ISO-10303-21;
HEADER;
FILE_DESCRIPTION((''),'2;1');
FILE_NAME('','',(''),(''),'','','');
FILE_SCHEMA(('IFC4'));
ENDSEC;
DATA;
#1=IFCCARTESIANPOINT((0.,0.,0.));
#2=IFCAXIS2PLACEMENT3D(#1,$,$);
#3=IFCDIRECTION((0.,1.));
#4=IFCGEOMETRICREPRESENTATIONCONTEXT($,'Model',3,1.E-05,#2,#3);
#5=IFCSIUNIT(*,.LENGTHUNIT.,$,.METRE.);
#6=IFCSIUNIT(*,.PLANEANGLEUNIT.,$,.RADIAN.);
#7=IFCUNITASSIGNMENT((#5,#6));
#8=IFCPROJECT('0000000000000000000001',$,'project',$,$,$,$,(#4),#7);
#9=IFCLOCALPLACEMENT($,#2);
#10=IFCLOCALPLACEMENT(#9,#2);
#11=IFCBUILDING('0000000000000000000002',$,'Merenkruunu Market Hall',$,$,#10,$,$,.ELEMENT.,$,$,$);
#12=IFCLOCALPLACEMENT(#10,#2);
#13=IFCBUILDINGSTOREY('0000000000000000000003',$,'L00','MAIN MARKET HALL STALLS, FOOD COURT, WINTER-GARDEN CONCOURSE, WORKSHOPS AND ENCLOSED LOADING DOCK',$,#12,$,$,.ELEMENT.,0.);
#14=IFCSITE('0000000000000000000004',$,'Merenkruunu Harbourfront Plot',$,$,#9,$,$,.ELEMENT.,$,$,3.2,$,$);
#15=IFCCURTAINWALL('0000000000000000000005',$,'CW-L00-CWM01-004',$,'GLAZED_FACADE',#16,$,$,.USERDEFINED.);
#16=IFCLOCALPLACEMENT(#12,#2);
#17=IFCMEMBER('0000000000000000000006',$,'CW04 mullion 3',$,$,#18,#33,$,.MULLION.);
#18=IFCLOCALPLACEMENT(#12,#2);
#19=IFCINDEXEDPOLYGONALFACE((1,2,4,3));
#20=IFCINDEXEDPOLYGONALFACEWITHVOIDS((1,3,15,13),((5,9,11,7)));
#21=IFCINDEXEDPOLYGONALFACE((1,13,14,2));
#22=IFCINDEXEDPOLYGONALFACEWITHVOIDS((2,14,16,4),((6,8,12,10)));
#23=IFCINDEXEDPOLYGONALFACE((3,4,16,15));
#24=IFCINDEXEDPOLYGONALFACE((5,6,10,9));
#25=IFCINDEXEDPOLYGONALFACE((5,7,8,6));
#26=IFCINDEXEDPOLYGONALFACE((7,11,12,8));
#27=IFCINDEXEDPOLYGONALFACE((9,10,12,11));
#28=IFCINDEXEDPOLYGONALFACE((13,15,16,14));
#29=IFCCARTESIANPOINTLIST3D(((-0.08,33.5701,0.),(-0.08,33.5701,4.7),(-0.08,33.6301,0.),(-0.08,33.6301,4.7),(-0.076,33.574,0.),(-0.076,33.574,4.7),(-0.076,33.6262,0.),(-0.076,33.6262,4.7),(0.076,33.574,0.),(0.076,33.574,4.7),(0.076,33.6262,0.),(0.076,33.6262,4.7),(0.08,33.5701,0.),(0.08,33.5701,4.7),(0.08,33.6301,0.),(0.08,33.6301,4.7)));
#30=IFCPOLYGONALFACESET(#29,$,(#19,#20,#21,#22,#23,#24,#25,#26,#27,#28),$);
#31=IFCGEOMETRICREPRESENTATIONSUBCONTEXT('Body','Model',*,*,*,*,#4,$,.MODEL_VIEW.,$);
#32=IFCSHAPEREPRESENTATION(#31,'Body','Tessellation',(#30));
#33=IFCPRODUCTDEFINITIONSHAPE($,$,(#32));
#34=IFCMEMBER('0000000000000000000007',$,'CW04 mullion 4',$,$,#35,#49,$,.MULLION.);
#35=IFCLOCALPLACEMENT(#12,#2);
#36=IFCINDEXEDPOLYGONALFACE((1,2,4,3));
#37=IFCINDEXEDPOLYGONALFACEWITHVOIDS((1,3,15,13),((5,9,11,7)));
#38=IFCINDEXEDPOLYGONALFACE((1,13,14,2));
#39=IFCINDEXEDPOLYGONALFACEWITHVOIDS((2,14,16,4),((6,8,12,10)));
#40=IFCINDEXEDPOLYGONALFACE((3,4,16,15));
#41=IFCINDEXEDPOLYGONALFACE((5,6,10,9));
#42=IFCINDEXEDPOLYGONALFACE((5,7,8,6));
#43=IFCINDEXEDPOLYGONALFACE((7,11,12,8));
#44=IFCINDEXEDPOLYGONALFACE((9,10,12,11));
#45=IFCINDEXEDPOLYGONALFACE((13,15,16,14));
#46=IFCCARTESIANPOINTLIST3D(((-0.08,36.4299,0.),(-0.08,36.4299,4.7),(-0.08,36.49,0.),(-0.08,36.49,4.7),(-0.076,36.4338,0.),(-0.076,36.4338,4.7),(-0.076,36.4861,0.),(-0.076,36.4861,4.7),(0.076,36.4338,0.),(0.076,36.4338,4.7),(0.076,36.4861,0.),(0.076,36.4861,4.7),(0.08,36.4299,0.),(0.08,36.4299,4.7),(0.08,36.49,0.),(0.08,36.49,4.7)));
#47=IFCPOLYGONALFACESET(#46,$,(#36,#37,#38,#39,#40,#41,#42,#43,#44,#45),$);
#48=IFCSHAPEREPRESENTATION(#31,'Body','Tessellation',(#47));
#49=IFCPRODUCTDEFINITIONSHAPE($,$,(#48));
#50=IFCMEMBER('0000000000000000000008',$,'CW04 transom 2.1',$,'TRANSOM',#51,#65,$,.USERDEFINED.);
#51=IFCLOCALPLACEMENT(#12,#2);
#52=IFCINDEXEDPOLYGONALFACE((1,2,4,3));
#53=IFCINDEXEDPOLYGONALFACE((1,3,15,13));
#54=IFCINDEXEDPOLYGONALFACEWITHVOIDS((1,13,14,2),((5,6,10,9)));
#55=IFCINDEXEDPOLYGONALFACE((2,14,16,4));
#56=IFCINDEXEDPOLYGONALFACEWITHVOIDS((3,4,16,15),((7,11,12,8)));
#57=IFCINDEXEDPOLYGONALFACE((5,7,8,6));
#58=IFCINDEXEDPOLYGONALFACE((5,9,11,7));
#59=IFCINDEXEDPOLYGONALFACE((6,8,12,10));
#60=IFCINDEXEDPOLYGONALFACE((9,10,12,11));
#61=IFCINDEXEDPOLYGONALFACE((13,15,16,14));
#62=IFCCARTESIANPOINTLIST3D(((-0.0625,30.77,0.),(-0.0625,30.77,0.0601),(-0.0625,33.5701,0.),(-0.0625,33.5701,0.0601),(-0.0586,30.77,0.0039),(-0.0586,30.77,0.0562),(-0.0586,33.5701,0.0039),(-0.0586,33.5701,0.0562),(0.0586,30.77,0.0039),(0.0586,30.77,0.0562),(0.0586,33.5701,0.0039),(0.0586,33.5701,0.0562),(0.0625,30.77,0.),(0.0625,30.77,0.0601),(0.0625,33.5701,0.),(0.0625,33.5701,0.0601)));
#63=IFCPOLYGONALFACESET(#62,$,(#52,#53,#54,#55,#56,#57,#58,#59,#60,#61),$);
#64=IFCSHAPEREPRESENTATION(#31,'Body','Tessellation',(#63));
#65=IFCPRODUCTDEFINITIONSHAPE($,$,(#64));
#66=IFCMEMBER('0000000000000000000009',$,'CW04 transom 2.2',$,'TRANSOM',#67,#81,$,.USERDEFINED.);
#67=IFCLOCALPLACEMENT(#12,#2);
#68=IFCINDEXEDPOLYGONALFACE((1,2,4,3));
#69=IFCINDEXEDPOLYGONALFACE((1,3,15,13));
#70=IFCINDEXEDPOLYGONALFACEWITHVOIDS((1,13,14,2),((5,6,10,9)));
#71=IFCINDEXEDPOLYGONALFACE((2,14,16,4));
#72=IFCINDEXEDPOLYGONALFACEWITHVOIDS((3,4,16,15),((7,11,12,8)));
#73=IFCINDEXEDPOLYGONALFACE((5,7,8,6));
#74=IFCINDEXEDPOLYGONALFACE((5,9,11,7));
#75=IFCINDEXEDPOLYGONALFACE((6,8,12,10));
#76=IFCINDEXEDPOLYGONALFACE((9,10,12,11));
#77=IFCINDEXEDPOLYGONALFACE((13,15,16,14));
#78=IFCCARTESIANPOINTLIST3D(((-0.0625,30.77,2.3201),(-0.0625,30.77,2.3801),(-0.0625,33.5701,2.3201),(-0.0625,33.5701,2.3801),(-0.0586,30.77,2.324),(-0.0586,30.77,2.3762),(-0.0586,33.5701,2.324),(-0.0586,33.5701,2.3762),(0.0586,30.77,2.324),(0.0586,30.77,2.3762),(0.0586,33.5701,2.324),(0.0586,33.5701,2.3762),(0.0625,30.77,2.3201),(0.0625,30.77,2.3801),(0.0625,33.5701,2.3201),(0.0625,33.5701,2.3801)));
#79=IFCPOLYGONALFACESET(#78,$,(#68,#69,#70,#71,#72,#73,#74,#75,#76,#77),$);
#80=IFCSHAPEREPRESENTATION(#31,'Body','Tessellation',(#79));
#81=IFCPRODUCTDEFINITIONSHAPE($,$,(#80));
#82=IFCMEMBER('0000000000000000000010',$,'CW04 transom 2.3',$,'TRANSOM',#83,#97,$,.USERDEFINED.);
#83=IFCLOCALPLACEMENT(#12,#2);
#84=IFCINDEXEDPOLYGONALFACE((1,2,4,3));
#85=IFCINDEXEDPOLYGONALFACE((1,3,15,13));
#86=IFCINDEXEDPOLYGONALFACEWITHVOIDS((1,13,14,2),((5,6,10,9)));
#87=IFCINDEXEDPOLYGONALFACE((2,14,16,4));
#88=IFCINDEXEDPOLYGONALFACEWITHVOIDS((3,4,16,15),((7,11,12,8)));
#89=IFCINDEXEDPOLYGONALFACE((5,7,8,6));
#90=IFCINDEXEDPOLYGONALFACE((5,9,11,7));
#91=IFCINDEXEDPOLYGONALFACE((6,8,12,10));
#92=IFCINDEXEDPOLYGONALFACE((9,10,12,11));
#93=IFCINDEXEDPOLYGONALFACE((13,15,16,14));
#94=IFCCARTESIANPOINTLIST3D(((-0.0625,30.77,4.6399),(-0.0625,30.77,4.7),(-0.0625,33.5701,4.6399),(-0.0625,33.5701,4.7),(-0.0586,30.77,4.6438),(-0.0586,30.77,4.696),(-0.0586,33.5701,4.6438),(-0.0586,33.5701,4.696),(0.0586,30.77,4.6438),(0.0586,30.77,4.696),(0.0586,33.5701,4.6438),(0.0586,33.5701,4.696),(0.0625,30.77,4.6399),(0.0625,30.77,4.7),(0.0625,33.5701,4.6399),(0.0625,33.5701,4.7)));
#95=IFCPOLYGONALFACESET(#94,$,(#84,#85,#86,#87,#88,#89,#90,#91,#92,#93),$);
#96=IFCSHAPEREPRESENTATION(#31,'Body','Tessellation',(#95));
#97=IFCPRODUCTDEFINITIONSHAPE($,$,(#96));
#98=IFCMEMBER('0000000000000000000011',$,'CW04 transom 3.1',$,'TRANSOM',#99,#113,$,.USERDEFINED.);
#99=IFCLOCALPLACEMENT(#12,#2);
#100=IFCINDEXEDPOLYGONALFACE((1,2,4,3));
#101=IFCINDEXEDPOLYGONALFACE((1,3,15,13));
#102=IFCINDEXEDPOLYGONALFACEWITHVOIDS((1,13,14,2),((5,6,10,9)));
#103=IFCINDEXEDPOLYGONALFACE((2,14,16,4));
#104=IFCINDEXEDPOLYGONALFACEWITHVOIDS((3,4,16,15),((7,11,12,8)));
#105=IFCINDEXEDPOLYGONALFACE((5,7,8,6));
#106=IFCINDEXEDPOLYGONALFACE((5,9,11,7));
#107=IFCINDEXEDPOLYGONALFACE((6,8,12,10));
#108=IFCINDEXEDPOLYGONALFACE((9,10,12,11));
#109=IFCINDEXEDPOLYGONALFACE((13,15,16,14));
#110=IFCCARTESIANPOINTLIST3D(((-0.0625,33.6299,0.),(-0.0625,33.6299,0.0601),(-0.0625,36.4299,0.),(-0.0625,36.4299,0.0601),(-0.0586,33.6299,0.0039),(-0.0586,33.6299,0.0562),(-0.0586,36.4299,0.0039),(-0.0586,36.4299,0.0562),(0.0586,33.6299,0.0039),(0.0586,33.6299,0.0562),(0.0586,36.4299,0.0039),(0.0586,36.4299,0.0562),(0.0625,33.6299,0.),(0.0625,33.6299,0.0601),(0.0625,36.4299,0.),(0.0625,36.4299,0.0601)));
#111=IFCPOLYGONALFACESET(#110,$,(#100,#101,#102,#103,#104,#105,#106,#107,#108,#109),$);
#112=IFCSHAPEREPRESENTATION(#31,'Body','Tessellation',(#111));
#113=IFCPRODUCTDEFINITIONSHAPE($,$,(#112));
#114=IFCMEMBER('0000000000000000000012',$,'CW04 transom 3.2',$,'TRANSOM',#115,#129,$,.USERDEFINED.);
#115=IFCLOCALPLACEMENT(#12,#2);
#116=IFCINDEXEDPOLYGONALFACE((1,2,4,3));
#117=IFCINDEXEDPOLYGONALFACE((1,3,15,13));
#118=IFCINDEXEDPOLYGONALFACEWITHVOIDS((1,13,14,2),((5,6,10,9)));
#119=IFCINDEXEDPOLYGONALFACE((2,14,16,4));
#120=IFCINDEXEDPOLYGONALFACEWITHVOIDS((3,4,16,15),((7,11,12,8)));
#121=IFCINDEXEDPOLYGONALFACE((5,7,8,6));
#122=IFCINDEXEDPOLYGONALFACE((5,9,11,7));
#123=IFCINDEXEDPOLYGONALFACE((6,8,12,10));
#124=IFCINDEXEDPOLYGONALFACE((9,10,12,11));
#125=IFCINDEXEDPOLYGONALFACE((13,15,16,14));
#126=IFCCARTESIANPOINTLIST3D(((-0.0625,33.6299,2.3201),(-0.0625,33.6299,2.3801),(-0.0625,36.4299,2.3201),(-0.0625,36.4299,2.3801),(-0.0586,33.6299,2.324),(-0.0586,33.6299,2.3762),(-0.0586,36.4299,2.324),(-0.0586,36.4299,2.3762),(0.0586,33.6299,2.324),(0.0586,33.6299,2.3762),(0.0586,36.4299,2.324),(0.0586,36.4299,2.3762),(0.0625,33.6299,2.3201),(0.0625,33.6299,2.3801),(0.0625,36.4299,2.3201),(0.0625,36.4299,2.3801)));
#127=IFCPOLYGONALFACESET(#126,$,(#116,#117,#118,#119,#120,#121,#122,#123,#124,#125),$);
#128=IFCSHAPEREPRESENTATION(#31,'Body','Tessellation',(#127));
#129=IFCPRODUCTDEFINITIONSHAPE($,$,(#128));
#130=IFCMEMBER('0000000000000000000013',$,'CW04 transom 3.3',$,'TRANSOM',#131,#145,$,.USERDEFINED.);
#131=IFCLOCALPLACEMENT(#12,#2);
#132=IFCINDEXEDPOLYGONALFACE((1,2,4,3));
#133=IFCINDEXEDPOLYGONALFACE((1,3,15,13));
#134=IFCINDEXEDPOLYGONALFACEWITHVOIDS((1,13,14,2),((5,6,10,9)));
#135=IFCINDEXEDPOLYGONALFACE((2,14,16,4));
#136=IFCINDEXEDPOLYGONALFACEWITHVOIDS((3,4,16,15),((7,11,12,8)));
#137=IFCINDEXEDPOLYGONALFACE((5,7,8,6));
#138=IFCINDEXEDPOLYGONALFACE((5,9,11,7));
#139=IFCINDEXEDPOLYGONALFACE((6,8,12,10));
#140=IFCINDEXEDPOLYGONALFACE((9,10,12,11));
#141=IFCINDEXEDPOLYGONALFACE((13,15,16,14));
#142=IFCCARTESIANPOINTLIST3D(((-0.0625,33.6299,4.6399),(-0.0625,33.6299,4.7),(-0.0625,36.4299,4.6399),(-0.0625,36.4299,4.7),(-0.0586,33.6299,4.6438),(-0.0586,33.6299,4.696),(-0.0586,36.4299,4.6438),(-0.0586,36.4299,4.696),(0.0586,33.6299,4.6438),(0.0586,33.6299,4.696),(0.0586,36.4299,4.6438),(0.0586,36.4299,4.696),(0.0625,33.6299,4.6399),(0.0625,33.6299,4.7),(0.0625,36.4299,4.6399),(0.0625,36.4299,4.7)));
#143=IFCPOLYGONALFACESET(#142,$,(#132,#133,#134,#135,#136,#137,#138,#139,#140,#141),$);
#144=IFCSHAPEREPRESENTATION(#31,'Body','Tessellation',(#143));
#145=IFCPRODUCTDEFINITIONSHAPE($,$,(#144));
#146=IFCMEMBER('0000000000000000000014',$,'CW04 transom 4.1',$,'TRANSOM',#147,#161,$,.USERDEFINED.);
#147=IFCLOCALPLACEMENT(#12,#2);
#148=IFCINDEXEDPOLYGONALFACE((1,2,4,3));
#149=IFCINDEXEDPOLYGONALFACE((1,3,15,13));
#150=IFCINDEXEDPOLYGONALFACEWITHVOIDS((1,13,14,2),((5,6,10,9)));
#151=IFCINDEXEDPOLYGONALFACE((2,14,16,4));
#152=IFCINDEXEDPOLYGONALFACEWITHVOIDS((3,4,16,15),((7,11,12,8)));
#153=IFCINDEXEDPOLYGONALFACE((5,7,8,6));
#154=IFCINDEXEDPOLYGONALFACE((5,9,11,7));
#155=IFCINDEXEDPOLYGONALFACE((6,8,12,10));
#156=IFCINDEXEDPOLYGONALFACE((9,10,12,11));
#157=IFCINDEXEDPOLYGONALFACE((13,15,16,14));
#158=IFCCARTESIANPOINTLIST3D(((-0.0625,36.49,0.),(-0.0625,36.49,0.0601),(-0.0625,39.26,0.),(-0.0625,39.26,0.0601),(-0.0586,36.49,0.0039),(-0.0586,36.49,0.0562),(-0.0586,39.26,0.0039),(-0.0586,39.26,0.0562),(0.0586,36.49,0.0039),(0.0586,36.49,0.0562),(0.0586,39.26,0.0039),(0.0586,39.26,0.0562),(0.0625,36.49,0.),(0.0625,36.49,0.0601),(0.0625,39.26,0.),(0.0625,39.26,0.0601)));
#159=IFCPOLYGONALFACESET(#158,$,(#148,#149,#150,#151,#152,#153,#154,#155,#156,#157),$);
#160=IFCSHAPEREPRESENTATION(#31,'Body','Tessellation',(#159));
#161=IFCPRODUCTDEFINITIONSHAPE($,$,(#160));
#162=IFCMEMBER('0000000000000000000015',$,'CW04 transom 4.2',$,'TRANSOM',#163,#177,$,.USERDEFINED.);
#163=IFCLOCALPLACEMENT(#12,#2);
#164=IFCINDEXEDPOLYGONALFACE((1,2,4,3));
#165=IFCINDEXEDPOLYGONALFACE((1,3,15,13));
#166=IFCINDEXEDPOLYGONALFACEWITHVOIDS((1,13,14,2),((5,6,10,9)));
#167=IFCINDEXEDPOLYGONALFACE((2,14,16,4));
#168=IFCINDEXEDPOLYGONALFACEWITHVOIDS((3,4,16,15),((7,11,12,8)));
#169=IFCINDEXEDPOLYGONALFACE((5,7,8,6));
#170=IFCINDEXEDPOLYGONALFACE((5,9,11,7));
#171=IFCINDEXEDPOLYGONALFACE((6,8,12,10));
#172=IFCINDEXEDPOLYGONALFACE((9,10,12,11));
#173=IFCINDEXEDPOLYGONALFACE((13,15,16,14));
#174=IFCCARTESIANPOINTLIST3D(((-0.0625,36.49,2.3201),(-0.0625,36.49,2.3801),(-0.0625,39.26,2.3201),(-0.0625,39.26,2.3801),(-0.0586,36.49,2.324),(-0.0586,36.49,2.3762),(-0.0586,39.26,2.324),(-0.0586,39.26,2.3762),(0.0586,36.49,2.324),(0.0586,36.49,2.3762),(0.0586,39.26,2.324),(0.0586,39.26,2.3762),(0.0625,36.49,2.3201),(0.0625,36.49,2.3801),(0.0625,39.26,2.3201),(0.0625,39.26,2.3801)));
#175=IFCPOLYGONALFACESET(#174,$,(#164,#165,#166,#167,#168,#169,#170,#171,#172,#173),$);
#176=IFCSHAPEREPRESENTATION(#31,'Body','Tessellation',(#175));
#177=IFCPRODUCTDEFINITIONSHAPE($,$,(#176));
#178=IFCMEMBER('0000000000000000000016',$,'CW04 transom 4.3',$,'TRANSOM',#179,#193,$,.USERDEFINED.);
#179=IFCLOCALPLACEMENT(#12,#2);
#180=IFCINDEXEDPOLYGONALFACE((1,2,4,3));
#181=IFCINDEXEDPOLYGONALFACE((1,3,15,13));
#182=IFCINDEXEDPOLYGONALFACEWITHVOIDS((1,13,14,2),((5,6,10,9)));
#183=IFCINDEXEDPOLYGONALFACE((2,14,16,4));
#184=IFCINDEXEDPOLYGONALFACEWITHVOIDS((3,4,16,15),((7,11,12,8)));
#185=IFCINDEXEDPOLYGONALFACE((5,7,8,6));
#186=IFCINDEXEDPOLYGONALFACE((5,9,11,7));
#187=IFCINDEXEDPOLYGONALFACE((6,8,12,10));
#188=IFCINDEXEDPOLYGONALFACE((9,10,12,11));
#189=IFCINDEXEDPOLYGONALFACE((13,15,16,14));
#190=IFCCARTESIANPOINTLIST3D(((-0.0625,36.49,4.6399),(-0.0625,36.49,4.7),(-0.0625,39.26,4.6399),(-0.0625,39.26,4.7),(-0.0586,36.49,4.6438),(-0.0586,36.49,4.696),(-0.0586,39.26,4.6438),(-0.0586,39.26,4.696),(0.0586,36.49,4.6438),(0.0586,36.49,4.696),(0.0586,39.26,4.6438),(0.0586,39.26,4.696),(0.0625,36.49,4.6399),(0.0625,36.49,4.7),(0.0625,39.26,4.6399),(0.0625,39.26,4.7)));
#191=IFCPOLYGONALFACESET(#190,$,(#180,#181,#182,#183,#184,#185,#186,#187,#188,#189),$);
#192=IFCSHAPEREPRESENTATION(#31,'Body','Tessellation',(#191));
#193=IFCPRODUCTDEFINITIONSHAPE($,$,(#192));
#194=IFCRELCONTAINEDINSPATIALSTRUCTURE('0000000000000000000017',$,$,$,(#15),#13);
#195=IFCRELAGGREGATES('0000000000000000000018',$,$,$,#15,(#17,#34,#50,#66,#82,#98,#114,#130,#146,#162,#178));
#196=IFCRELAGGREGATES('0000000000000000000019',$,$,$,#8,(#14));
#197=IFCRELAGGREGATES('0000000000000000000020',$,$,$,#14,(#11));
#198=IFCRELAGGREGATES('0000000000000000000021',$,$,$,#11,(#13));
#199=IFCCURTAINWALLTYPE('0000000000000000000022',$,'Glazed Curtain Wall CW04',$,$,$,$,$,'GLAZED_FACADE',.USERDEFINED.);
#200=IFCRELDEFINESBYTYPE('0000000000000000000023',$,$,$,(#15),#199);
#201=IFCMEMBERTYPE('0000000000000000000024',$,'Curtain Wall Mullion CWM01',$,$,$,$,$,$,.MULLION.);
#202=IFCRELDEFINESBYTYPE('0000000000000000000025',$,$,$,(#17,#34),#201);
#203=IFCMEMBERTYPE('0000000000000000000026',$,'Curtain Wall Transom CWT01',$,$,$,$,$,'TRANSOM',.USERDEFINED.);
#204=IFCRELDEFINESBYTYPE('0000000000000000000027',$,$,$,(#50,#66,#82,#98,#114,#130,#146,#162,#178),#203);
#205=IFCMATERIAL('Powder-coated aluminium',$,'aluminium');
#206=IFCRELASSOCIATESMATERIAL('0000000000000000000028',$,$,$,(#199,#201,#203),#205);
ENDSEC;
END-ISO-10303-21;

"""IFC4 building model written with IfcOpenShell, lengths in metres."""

from ifc_helpers import new_model, si_unit, direction, frame, origin, origin_2d, place, context, subcontext, project, spatial, hollow_rectangle, extrude, material, material_profile, profile_set, type_object, element, aggregate, save


model = new_model("IFC4")

# Units and contexts
model_context = context("Model", 3, precision=1e-05, world=origin(), true_north=direction((0.0, 1.0)))
body_context = subcontext(model_context, "Body", "Model", "MODEL_VIEW")
ifc_project = project(units=[si_unit("LENGTHUNIT", "METRE"), si_unit("PLANEANGLEUNIT", "RADIAN")], contexts=[model_context])

# Site, building, storey
site_placement = place(None, origin())
site = spatial("IfcSite", under=ifc_project, at=site_placement, Name="Merenkruunu Harbourfront Plot", CompositionType="ELEMENT", RefElevation=3.2)
building_placement = place(site_placement, origin())
building = spatial("IfcBuilding", under=site, at=building_placement, Name="Merenkruunu Market Hall", CompositionType="ELEMENT")
storey_placement = place(building_placement, origin())
storey = spatial("IfcBuildingStorey", under=building, at=storey_placement, Name="L00", Description="MAIN MARKET HALL STALLS, FOOD COURT, WINTER-GARDEN CONCOURSE, WORKSHOPS AND ENCLOSED LOADING DOCK", CompositionType="ELEMENT", Elevation=0.0)

# Curtain wall, members
ifc_material_1 = material(Name="Powder-coated aluminium", Category="aluminium")
curtain_wall_type = type_object("IfcCurtainWallType", Name="Glazed Curtain Wall CW04", ElementType="GLAZED_FACADE", PredefinedType="USERDEFINED", material=ifc_material_1)
curtain_wall_placement = place(storey_placement, origin())
curtain_wall = element("IfcCurtainWall", 1, at=curtain_wall_placement, inside=storey, type_object=curtain_wall_type, Name="CW-L00-CWM01-004", ObjectType="GLAZED_FACADE", PredefinedType="USERDEFINED")
ifc_material_profile_1 = material_profile(ifc_material_1, hollow_rectangle(XDim=0.0601, YDim=0.1599, WallThickness=0.0039, at=origin_2d()), Name="ALU 60x160x4")
ifc_profile_set_1 = profile_set([ifc_material_profile_1], Name="Powder-coated aluminium")
member_type_1 = type_object("IfcMemberType", Name="Curtain Wall Mullion CWM01", PredefinedType="MULLION", material=ifc_profile_set_1)
member_1_placement = place(storey_placement, frame((0.0, 33.6001, 0.0), z_axis=(0.0, 0.0, 1.0), x_axis=(0.0, 1.0, 0.0)))
member_1 = element("IfcMember", 2, at=member_1_placement, type_object=member_type_1, Name="CW04 mullion 3", PredefinedType="MULLION", context=body_context, shape_type="SweptSolid", body=[
    extrude(hollow_rectangle(XDim=0.0601, YDim=0.1599, WallThickness=0.0039, at=origin_2d()), origin(), (0.0, 0.0, 1.0), 4.7),
])
member_2_placement = place(storey_placement, frame((0.0, 36.46, 0.0), z_axis=(0.0, 0.0, 1.0), x_axis=(0.0, 1.0, 0.0)))
member_2 = element("IfcMember", 3, at=member_2_placement, type_object=member_type_1, Name="CW04 mullion 4", PredefinedType="MULLION", context=body_context, shape_type="SweptSolid", body=[
    extrude(hollow_rectangle(XDim=0.0601, YDim=0.1599, WallThickness=0.0039, at=origin_2d()), origin(), (0.0, 0.0, 1.0), 4.7),
])
ifc_material_profile_2 = material_profile(ifc_material_1, hollow_rectangle(XDim=0.0601, YDim=0.125, WallThickness=0.0039, at=origin_2d()), Name="ALU 60x125x4")
ifc_profile_set_2 = profile_set([ifc_material_profile_2], Name="Powder-coated aluminium")
member_type_2 = type_object("IfcMemberType", Name="Curtain Wall Transom CWT01", ElementType="TRANSOM", PredefinedType="USERDEFINED", material=ifc_profile_set_2)
member_3_placement = place(storey_placement, frame((0.0, 30.77, 0.03), z_axis=(0.0, 1.0, 0.0), x_axis=(0.0, 0.0, 1.0)))
member_3 = element("IfcMember", 4, at=member_3_placement, type_object=member_type_2, Name="CW04 transom 2.1", ObjectType="TRANSOM", PredefinedType="USERDEFINED", context=body_context, shape_type="SweptSolid", body=[
    extrude(hollow_rectangle(XDim=0.0601, YDim=0.125, WallThickness=0.0039, at=origin_2d()), origin(), (0.0, 0.0, 1.0), 2.8),
])
member_4_placement = place(storey_placement, frame((0.0, 30.77, 2.3501), z_axis=(0.0, 1.0, 0.0), x_axis=(0.0, 0.0, 1.0)))
member_4 = element("IfcMember", 5, at=member_4_placement, type_object=member_type_2, Name="CW04 transom 2.2", ObjectType="TRANSOM", PredefinedType="USERDEFINED", context=body_context, shape_type="SweptSolid", body=[
    extrude(hollow_rectangle(XDim=0.0601, YDim=0.125, WallThickness=0.0039, at=origin_2d()), origin(), (0.0, 0.0, 1.0), 2.8),
])
member_5_placement = place(storey_placement, frame((0.0, 30.77, 4.6699), z_axis=(0.0, 1.0, 0.0), x_axis=(0.0, 0.0, 1.0)))
member_5 = element("IfcMember", 6, at=member_5_placement, type_object=member_type_2, Name="CW04 transom 2.3", ObjectType="TRANSOM", PredefinedType="USERDEFINED", context=body_context, shape_type="SweptSolid", body=[
    extrude(hollow_rectangle(XDim=0.0601, YDim=0.125, WallThickness=0.0039, at=origin_2d()), origin(), (0.0, 0.0, 1.0), 2.8),
])
member_6_placement = place(storey_placement, frame((0.0, 33.6299, 0.03), z_axis=(0.0, 1.0, 0.0), x_axis=(0.0, 0.0, 1.0)))
member_6 = element("IfcMember", 7, at=member_6_placement, type_object=member_type_2, Name="CW04 transom 3.1", ObjectType="TRANSOM", PredefinedType="USERDEFINED", context=body_context, shape_type="SweptSolid", body=[
    extrude(hollow_rectangle(XDim=0.0601, YDim=0.125, WallThickness=0.0039, at=origin_2d()), origin(), (0.0, 0.0, 1.0), 2.8),
])
member_7_placement = place(storey_placement, frame((0.0, 33.6299, 2.3501), z_axis=(0.0, 1.0, 0.0), x_axis=(0.0, 0.0, 1.0)))
member_7 = element("IfcMember", 8, at=member_7_placement, type_object=member_type_2, Name="CW04 transom 3.2", ObjectType="TRANSOM", PredefinedType="USERDEFINED", context=body_context, shape_type="SweptSolid", body=[
    extrude(hollow_rectangle(XDim=0.0601, YDim=0.125, WallThickness=0.0039, at=origin_2d()), origin(), (0.0, 0.0, 1.0), 2.8),
])
member_8_placement = place(storey_placement, frame((0.0, 33.6299, 4.6699), z_axis=(0.0, 1.0, 0.0), x_axis=(0.0, 0.0, 1.0)))
member_8 = element("IfcMember", 9, at=member_8_placement, type_object=member_type_2, Name="CW04 transom 3.3", ObjectType="TRANSOM", PredefinedType="USERDEFINED", context=body_context, shape_type="SweptSolid", body=[
    extrude(hollow_rectangle(XDim=0.0601, YDim=0.125, WallThickness=0.0039, at=origin_2d()), origin(), (0.0, 0.0, 1.0), 2.8),
])
member_9_placement = place(storey_placement, frame((0.0, 36.49, 0.03), z_axis=(0.0, 1.0, 0.0), x_axis=(0.0, 0.0, 1.0)))
member_9 = element("IfcMember", 10, at=member_9_placement, type_object=member_type_2, Name="CW04 transom 4.1", ObjectType="TRANSOM", PredefinedType="USERDEFINED", context=body_context, shape_type="SweptSolid", body=[
    extrude(hollow_rectangle(XDim=0.0601, YDim=0.125, WallThickness=0.0039, at=origin_2d()), origin(), (0.0, 0.0, 1.0), 2.77),
])
member_10_placement = place(storey_placement, frame((0.0, 36.49, 2.3501), z_axis=(0.0, 1.0, 0.0), x_axis=(0.0, 0.0, 1.0)))
member_10 = element("IfcMember", 11, at=member_10_placement, type_object=member_type_2, Name="CW04 transom 4.2", ObjectType="TRANSOM", PredefinedType="USERDEFINED", context=body_context, shape_type="SweptSolid", body=[
    extrude(hollow_rectangle(XDim=0.0601, YDim=0.125, WallThickness=0.0039, at=origin_2d()), origin(), (0.0, 0.0, 1.0), 2.77),
])
member_11_placement = place(storey_placement, frame((0.0, 36.49, 4.6699), z_axis=(0.0, 1.0, 0.0), x_axis=(0.0, 0.0, 1.0)))
member_11 = element("IfcMember", 12, at=member_11_placement, type_object=member_type_2, Name="CW04 transom 4.3", ObjectType="TRANSOM", PredefinedType="USERDEFINED", context=body_context, shape_type="SweptSolid", body=[
    extrude(hollow_rectangle(XDim=0.0601, YDim=0.125, WallThickness=0.0039, at=origin_2d()), origin(), (0.0, 0.0, 1.0), 2.77),
])

aggregate(curtain_wall, [member_1, member_2, member_3, member_4, member_5, member_6, member_7, member_8, member_9, member_10, member_11])

save(model, "model.ifc")
